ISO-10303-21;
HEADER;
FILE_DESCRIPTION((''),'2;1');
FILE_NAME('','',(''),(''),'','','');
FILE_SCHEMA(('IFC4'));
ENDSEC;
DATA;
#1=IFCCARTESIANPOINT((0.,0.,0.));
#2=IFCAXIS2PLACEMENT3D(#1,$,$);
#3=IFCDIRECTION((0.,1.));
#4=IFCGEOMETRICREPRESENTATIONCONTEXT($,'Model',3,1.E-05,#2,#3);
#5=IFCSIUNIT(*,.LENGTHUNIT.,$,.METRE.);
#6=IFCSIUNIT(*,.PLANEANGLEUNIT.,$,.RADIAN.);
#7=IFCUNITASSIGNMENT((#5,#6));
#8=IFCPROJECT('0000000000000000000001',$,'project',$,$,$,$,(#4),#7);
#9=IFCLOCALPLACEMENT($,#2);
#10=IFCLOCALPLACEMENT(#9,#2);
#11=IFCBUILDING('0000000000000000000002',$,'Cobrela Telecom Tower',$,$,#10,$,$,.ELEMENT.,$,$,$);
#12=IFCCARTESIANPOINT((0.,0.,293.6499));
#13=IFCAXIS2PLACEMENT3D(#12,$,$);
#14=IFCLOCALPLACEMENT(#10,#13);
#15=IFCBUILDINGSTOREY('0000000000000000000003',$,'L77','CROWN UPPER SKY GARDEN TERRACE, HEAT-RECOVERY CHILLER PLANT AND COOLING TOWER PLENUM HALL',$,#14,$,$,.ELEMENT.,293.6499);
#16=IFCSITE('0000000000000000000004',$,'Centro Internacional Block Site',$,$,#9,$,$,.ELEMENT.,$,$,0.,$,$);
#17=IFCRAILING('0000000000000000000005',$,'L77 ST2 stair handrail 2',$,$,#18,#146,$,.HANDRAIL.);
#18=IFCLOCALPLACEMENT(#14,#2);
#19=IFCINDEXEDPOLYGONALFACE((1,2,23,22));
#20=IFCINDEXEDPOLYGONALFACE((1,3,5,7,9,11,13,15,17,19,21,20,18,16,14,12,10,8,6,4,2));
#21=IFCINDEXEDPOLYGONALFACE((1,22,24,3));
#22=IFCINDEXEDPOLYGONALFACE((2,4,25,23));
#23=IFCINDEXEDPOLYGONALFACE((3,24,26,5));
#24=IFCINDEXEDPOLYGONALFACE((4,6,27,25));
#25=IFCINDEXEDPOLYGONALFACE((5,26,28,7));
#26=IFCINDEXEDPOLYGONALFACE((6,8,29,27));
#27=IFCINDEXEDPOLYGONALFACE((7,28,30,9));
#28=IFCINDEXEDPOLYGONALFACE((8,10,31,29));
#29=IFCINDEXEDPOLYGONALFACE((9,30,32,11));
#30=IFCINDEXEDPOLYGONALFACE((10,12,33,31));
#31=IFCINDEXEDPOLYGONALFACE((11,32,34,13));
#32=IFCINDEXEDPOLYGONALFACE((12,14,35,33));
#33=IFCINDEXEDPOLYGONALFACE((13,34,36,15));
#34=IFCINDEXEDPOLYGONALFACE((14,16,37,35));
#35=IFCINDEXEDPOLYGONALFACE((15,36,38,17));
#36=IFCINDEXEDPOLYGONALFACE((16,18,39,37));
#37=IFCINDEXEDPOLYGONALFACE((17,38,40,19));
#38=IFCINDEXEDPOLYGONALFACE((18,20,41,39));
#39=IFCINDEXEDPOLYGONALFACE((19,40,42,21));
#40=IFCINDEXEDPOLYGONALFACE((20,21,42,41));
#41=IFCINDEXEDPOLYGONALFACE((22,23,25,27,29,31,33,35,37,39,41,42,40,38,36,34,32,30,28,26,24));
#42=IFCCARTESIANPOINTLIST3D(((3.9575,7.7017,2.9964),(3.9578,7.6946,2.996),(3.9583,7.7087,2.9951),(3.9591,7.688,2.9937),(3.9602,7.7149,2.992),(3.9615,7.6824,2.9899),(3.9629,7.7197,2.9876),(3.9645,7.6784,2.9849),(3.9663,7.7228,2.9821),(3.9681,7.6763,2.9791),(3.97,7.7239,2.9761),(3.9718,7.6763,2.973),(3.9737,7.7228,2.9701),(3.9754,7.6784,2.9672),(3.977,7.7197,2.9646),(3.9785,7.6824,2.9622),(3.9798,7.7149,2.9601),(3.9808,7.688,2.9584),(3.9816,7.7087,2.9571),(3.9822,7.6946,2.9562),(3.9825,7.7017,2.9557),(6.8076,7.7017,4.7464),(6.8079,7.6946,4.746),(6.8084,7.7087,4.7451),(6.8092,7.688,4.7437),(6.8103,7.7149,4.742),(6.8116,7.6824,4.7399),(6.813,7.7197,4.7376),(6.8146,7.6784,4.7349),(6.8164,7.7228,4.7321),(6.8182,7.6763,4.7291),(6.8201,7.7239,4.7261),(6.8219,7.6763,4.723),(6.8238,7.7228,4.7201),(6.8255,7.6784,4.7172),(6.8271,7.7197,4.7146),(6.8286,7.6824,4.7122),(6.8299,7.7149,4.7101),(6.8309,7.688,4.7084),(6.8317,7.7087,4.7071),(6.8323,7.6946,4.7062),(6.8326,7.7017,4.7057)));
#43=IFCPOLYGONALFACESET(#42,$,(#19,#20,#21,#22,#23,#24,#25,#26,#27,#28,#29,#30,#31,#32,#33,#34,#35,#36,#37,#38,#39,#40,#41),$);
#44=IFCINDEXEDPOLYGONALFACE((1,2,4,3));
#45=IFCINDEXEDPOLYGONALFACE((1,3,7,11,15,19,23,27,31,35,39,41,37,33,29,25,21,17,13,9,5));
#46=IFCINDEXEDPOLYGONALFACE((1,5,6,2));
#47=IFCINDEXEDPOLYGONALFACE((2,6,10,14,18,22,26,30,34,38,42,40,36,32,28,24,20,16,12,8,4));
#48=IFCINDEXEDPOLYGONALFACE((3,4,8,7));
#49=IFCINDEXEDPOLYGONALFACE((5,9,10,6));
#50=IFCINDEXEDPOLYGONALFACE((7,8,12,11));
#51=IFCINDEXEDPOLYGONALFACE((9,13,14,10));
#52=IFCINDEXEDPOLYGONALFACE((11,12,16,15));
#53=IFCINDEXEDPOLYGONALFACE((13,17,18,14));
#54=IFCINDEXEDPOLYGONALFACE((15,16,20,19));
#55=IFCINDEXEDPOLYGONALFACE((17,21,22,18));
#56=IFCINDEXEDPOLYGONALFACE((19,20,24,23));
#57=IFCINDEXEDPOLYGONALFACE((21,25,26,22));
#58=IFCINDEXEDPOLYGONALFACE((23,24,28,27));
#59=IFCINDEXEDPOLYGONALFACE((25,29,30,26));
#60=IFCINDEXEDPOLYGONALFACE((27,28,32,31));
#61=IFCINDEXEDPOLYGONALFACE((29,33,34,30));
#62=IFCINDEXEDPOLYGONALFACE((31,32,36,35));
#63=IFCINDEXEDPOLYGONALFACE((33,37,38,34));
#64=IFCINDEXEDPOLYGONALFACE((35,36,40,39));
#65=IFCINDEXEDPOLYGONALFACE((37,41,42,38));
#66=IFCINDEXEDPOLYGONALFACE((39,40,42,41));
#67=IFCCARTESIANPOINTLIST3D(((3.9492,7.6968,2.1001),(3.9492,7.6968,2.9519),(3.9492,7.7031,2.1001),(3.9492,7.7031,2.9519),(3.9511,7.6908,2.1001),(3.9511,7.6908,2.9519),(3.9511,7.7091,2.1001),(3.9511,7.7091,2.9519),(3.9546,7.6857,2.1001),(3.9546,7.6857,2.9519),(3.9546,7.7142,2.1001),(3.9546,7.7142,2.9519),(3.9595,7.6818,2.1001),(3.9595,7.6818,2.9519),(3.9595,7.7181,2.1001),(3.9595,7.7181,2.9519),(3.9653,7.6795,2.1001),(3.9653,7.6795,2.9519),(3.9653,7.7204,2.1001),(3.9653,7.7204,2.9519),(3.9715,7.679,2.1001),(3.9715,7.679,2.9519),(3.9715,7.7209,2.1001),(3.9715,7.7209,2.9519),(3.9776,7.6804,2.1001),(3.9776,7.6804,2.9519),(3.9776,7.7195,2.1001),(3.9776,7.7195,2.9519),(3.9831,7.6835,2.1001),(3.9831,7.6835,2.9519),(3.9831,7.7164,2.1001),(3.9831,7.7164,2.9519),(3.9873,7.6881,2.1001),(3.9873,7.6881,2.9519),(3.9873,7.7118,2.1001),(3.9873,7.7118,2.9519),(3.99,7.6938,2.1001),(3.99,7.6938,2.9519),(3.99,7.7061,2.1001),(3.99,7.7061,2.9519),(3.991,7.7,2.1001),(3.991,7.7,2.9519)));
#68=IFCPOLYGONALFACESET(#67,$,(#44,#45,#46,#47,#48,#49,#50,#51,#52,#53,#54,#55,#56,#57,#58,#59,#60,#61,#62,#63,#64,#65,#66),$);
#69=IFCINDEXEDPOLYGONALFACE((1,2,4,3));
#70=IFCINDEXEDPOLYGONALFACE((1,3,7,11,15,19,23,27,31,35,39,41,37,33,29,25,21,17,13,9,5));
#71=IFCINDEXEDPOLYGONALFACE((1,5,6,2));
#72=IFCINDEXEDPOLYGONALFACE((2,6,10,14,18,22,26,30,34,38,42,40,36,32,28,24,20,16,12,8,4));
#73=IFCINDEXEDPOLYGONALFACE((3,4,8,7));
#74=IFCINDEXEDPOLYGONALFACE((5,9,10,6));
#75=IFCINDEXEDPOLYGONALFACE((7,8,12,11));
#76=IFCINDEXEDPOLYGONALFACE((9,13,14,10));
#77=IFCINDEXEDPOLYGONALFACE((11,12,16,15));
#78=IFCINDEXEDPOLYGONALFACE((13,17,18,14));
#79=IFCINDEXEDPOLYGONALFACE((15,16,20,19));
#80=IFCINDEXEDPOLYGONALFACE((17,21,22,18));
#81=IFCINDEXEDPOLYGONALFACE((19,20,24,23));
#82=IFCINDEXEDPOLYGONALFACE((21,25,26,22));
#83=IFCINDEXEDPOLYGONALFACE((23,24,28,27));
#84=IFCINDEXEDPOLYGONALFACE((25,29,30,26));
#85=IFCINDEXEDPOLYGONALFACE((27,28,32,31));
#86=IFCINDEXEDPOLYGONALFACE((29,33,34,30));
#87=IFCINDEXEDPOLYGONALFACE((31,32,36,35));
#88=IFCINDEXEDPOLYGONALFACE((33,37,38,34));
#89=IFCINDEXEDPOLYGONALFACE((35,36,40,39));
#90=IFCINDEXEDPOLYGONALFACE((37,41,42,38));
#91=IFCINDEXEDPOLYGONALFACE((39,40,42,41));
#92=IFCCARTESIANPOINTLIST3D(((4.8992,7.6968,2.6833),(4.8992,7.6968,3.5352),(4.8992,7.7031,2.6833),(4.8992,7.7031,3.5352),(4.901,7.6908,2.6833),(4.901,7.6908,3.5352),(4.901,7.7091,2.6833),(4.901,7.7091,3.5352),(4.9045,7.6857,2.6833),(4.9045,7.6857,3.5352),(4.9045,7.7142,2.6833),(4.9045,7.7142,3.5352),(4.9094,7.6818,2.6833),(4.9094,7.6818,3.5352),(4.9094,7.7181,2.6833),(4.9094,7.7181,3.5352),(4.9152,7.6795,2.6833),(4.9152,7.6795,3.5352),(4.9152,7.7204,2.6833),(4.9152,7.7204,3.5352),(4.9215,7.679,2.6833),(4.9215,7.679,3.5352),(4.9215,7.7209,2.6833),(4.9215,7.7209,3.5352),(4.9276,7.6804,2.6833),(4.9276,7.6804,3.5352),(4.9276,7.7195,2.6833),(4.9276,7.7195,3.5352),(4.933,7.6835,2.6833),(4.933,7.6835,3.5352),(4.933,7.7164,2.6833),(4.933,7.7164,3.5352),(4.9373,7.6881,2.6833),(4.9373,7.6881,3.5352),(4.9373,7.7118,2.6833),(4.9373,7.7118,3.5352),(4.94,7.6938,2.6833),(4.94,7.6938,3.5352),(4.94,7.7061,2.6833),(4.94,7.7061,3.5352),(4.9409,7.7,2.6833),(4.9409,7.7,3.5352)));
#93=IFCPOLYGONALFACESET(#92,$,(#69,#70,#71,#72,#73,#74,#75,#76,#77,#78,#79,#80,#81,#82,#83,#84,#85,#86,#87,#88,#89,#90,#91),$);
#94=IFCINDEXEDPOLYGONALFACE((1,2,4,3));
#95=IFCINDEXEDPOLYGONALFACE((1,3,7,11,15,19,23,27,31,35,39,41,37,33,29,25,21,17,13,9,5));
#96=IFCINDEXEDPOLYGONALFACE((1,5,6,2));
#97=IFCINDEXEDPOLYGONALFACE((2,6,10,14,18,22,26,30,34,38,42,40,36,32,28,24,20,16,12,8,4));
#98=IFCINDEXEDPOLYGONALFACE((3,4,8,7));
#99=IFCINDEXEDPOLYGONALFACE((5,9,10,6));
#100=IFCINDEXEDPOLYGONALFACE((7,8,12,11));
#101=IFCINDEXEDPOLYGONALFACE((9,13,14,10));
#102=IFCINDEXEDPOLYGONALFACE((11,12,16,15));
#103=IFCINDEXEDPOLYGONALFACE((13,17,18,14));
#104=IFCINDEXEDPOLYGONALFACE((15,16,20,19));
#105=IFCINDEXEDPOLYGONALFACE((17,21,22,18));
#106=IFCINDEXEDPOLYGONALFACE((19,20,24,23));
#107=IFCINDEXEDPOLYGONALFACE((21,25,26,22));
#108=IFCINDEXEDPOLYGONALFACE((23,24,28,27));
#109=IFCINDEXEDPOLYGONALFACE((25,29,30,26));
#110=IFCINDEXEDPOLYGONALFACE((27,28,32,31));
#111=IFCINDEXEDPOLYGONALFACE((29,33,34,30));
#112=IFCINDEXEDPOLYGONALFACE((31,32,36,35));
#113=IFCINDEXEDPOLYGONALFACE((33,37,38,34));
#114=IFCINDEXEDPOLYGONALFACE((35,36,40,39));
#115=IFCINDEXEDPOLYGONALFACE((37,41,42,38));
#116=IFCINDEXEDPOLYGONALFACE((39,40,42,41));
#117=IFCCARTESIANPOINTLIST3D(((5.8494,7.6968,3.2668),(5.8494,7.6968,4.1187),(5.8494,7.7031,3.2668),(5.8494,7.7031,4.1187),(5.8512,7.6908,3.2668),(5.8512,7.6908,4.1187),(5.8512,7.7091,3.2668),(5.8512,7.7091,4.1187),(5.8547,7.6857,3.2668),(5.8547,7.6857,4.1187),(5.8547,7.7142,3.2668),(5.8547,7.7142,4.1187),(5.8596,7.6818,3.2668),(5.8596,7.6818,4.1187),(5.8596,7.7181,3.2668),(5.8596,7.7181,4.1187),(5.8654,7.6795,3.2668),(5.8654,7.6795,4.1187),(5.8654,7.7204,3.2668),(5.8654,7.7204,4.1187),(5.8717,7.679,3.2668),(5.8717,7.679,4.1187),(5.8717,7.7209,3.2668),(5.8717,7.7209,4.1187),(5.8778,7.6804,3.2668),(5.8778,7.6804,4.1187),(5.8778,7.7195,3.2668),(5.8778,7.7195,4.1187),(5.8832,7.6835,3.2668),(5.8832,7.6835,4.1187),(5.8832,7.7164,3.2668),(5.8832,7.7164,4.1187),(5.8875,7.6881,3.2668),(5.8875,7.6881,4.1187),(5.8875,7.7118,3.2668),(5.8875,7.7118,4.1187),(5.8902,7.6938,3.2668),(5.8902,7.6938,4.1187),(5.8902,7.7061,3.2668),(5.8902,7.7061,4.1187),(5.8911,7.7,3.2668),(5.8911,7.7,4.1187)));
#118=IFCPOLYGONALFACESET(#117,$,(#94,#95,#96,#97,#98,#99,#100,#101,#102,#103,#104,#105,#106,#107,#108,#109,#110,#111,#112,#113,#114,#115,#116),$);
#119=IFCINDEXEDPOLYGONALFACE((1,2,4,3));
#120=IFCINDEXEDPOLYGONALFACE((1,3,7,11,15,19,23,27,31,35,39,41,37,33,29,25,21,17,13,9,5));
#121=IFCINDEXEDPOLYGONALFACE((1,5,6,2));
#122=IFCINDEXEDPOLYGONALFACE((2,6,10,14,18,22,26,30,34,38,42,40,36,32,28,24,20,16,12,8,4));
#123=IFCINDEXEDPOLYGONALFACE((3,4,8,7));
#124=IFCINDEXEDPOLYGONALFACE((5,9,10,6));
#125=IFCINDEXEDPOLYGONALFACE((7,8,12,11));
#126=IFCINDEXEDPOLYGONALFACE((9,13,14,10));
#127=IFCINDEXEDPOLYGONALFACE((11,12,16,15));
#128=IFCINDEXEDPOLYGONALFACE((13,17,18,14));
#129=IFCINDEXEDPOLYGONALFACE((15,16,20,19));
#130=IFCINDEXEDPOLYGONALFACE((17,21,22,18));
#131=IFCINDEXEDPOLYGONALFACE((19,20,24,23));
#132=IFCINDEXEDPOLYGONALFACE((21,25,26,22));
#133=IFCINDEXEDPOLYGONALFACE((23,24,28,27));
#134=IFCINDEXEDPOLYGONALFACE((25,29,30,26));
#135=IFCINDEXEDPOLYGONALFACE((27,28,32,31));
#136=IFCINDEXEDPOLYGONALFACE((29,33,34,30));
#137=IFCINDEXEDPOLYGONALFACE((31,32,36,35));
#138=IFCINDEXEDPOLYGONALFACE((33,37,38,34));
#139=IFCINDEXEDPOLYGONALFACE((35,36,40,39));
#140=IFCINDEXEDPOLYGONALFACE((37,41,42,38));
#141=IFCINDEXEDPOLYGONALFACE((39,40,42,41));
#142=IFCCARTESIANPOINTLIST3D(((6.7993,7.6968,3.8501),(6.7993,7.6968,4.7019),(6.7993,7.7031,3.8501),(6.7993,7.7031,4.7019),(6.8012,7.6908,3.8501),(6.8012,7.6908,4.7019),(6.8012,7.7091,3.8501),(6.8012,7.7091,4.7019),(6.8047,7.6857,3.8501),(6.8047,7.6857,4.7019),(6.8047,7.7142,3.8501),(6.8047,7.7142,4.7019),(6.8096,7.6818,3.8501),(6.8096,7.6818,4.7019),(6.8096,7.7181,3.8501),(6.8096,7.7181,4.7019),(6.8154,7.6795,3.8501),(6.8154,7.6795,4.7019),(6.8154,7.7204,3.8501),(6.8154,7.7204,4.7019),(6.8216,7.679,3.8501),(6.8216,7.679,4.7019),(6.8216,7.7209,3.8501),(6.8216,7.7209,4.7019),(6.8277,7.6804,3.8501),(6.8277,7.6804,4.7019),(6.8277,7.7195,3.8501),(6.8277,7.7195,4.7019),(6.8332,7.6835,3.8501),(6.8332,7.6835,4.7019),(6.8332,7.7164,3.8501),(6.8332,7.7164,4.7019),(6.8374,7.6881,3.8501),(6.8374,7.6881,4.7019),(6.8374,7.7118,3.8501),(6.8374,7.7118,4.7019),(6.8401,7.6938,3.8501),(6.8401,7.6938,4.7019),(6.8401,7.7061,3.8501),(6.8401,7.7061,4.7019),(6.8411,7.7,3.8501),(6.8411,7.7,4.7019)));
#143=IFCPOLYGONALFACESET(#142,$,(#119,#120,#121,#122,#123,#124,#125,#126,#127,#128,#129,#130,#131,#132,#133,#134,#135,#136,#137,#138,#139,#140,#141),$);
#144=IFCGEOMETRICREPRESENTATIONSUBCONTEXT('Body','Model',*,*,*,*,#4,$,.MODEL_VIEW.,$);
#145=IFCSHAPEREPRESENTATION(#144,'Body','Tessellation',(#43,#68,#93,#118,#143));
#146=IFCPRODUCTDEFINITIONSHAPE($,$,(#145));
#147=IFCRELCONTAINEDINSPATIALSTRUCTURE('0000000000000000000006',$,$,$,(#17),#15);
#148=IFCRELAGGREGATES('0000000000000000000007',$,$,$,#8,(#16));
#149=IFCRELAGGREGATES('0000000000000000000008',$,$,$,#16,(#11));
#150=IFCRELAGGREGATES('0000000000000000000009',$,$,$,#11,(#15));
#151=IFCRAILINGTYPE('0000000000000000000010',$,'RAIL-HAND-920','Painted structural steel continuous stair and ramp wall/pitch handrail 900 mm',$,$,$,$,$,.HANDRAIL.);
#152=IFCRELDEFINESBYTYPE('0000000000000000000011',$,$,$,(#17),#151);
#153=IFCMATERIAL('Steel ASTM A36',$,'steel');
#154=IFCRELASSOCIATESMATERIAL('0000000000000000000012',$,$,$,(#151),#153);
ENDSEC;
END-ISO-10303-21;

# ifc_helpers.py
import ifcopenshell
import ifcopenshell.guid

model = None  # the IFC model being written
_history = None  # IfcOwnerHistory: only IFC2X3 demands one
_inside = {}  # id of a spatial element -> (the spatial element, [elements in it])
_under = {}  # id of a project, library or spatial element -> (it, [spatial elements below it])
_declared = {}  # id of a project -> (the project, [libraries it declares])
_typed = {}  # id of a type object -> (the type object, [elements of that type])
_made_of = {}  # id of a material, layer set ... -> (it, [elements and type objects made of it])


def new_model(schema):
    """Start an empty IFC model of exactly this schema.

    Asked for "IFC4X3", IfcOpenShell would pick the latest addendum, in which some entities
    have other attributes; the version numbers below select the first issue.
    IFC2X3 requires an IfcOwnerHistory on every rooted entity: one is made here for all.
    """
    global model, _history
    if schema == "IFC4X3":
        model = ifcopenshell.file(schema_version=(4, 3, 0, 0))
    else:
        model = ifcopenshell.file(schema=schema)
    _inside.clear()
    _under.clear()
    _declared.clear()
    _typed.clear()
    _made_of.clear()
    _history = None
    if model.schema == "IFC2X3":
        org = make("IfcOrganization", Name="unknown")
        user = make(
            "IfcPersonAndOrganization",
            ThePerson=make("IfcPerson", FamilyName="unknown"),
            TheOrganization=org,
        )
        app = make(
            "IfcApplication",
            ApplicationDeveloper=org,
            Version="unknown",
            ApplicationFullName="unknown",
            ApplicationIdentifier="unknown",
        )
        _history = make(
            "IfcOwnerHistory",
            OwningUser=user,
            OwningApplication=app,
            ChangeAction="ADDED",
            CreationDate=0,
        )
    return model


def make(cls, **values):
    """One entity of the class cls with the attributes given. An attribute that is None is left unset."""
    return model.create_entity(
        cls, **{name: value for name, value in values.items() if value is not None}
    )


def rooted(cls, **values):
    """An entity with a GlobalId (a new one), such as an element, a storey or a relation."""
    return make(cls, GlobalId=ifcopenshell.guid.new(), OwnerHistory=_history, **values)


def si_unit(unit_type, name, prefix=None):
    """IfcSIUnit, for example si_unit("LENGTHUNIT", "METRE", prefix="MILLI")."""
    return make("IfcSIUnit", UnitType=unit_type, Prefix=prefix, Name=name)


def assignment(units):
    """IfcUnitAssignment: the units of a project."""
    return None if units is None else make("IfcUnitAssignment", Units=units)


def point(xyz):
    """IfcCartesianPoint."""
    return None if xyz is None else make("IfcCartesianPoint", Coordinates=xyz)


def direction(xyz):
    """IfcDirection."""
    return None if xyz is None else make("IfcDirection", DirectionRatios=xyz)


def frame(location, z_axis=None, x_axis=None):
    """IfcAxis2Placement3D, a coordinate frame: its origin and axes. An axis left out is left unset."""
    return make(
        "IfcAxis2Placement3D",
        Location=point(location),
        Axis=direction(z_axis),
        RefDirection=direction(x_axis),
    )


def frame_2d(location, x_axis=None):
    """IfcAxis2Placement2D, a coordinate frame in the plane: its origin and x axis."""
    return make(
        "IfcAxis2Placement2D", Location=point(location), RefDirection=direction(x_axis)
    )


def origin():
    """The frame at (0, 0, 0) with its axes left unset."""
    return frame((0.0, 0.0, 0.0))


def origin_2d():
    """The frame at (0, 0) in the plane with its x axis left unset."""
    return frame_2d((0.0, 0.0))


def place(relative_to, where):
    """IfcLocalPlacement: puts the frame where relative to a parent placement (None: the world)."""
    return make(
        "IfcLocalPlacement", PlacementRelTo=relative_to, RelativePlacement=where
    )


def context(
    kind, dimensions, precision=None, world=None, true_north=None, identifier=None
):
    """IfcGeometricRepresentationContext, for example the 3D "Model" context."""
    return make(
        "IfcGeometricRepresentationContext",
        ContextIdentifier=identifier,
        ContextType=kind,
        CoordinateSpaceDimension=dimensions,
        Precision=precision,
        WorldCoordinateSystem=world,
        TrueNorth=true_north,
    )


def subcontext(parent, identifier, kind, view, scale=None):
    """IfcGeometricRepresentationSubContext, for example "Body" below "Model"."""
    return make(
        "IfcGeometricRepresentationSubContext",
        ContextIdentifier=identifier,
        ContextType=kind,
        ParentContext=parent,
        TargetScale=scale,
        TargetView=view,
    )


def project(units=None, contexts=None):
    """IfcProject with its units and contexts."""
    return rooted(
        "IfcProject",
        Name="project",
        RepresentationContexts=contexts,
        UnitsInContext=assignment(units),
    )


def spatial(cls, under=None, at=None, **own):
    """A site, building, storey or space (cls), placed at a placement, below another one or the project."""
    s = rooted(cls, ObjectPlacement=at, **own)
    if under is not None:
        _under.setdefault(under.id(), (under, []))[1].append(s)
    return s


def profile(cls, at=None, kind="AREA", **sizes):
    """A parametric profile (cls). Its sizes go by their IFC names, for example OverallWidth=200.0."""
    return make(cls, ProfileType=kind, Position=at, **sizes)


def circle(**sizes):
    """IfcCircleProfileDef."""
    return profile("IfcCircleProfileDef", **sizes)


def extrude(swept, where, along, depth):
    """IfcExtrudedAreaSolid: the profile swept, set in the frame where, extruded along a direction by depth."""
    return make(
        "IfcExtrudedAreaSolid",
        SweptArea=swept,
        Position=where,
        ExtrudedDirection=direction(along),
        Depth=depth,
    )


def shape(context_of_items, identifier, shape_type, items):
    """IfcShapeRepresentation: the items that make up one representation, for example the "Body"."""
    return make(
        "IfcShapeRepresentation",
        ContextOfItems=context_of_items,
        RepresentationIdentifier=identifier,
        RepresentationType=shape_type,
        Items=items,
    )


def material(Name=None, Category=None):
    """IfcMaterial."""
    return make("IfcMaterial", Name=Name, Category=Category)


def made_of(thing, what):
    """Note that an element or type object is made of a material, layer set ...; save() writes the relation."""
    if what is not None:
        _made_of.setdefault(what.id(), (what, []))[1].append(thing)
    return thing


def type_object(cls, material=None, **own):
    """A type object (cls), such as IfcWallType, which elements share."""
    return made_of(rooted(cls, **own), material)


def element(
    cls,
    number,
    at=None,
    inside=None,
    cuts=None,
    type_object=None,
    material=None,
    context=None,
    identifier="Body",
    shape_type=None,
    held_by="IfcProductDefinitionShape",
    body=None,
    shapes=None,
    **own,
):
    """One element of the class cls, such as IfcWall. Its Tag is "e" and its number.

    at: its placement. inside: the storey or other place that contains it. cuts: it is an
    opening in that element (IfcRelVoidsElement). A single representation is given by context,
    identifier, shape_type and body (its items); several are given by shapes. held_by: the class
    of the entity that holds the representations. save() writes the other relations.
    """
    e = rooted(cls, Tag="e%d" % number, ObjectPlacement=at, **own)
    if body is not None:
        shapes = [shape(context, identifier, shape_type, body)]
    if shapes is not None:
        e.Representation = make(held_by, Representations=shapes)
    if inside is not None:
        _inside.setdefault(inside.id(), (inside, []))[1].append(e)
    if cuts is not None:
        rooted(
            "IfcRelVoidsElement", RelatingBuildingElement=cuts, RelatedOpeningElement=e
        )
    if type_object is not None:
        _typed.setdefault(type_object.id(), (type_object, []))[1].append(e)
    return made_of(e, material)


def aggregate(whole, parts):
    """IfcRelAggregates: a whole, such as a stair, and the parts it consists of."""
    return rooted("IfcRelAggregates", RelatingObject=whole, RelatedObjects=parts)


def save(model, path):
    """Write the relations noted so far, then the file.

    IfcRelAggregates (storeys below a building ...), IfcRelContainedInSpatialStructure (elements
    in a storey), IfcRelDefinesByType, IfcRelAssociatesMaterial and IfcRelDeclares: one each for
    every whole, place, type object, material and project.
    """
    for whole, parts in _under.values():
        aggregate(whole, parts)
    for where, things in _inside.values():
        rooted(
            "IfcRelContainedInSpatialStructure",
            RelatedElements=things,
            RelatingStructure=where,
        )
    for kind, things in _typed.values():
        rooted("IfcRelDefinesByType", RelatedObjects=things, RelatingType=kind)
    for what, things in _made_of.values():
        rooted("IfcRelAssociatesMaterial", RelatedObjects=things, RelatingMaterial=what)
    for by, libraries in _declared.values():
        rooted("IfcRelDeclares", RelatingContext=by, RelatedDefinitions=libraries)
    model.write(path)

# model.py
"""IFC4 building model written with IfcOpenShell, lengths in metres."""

from ifc_helpers import new_model, si_unit, direction, frame, origin, origin_2d, place, context, subcontext, project, spatial, circle, extrude, material, type_object, element, save


model = new_model("IFC4")

# Units and contexts
model_context = context("Model", 3, precision=1e-05, world=origin(), true_north=direction((0.0, 1.0)))
body_context = subcontext(model_context, "Body", "Model", "MODEL_VIEW")
ifc_project = project(units=[si_unit("LENGTHUNIT", "METRE"), si_unit("PLANEANGLEUNIT", "RADIAN")], contexts=[model_context])

# Site, building, storey
site_placement = place(None, origin())
site = spatial("IfcSite", under=ifc_project, at=site_placement, Name="Centro Internacional Block Site", CompositionType="ELEMENT", RefElevation=0.0)
building_placement = place(site_placement, origin())
building = spatial("IfcBuilding", under=site, at=building_placement, Name="Cobrela Telecom Tower", CompositionType="ELEMENT")
storey_placement = place(building_placement, frame((0.0, 0.0, 293.6499)))
storey = spatial("IfcBuildingStorey", under=building, at=storey_placement, Name="L77", Description="CROWN UPPER SKY GARDEN TERRACE, HEAT-RECOVERY CHILLER PLANT AND COOLING TOWER PLENUM HALL", CompositionType="ELEMENT", Elevation=293.6499)

# Shared definitions
ifc_material_1 = material(Name="Steel ASTM A36", Category="steel")

# Railing
railing_type_1 = type_object("IfcRailingType", Name="RAIL-HAND-920", Description="Painted structural steel continuous stair and ramp wall/pitch handrail 900 mm", PredefinedType="HANDRAIL", material=ifc_material_1)
railing_1_placement = place(storey_placement, frame((3.97, 7.7, 2.1001)))
element("IfcRailing", 1, at=railing_1_placement, inside=storey, type_object=railing_type_1, Name="L77 ST2 stair handrail 2", PredefinedType="HANDRAIL", context=body_context, shape_type="SweptSolid", body=[
    extrude(circle(Radius=0.0239, at=origin_2d()), frame((0.0, 0.0, 0.876), z_axis=(0.852179, 0.0, 0.52325), x_axis=(0.0, 1.0, 0.0)), (0.0, 0.0, 1.0), 3.3445),
    extrude(circle(Radius=0.021, at=origin_2d()), origin(), (0.0, 0.0, 1.0), 0.8518),
    extrude(circle(Radius=0.021, at=origin_2d()), frame((0.95, 0.0, 0.5833)), (0.0, 0.0, 1.0), 0.8518),
    extrude(circle(Radius=0.021, at=origin_2d()), frame((1.9001, 0.0, 1.1667)), (0.0, 0.0, 1.0), 0.8518),
    extrude(circle(Radius=0.021, at=origin_2d()), frame((2.8501, 0.0, 1.75)), (0.0, 0.0, 1.0), 0.8518),
])

save(model, "model.ifc")
